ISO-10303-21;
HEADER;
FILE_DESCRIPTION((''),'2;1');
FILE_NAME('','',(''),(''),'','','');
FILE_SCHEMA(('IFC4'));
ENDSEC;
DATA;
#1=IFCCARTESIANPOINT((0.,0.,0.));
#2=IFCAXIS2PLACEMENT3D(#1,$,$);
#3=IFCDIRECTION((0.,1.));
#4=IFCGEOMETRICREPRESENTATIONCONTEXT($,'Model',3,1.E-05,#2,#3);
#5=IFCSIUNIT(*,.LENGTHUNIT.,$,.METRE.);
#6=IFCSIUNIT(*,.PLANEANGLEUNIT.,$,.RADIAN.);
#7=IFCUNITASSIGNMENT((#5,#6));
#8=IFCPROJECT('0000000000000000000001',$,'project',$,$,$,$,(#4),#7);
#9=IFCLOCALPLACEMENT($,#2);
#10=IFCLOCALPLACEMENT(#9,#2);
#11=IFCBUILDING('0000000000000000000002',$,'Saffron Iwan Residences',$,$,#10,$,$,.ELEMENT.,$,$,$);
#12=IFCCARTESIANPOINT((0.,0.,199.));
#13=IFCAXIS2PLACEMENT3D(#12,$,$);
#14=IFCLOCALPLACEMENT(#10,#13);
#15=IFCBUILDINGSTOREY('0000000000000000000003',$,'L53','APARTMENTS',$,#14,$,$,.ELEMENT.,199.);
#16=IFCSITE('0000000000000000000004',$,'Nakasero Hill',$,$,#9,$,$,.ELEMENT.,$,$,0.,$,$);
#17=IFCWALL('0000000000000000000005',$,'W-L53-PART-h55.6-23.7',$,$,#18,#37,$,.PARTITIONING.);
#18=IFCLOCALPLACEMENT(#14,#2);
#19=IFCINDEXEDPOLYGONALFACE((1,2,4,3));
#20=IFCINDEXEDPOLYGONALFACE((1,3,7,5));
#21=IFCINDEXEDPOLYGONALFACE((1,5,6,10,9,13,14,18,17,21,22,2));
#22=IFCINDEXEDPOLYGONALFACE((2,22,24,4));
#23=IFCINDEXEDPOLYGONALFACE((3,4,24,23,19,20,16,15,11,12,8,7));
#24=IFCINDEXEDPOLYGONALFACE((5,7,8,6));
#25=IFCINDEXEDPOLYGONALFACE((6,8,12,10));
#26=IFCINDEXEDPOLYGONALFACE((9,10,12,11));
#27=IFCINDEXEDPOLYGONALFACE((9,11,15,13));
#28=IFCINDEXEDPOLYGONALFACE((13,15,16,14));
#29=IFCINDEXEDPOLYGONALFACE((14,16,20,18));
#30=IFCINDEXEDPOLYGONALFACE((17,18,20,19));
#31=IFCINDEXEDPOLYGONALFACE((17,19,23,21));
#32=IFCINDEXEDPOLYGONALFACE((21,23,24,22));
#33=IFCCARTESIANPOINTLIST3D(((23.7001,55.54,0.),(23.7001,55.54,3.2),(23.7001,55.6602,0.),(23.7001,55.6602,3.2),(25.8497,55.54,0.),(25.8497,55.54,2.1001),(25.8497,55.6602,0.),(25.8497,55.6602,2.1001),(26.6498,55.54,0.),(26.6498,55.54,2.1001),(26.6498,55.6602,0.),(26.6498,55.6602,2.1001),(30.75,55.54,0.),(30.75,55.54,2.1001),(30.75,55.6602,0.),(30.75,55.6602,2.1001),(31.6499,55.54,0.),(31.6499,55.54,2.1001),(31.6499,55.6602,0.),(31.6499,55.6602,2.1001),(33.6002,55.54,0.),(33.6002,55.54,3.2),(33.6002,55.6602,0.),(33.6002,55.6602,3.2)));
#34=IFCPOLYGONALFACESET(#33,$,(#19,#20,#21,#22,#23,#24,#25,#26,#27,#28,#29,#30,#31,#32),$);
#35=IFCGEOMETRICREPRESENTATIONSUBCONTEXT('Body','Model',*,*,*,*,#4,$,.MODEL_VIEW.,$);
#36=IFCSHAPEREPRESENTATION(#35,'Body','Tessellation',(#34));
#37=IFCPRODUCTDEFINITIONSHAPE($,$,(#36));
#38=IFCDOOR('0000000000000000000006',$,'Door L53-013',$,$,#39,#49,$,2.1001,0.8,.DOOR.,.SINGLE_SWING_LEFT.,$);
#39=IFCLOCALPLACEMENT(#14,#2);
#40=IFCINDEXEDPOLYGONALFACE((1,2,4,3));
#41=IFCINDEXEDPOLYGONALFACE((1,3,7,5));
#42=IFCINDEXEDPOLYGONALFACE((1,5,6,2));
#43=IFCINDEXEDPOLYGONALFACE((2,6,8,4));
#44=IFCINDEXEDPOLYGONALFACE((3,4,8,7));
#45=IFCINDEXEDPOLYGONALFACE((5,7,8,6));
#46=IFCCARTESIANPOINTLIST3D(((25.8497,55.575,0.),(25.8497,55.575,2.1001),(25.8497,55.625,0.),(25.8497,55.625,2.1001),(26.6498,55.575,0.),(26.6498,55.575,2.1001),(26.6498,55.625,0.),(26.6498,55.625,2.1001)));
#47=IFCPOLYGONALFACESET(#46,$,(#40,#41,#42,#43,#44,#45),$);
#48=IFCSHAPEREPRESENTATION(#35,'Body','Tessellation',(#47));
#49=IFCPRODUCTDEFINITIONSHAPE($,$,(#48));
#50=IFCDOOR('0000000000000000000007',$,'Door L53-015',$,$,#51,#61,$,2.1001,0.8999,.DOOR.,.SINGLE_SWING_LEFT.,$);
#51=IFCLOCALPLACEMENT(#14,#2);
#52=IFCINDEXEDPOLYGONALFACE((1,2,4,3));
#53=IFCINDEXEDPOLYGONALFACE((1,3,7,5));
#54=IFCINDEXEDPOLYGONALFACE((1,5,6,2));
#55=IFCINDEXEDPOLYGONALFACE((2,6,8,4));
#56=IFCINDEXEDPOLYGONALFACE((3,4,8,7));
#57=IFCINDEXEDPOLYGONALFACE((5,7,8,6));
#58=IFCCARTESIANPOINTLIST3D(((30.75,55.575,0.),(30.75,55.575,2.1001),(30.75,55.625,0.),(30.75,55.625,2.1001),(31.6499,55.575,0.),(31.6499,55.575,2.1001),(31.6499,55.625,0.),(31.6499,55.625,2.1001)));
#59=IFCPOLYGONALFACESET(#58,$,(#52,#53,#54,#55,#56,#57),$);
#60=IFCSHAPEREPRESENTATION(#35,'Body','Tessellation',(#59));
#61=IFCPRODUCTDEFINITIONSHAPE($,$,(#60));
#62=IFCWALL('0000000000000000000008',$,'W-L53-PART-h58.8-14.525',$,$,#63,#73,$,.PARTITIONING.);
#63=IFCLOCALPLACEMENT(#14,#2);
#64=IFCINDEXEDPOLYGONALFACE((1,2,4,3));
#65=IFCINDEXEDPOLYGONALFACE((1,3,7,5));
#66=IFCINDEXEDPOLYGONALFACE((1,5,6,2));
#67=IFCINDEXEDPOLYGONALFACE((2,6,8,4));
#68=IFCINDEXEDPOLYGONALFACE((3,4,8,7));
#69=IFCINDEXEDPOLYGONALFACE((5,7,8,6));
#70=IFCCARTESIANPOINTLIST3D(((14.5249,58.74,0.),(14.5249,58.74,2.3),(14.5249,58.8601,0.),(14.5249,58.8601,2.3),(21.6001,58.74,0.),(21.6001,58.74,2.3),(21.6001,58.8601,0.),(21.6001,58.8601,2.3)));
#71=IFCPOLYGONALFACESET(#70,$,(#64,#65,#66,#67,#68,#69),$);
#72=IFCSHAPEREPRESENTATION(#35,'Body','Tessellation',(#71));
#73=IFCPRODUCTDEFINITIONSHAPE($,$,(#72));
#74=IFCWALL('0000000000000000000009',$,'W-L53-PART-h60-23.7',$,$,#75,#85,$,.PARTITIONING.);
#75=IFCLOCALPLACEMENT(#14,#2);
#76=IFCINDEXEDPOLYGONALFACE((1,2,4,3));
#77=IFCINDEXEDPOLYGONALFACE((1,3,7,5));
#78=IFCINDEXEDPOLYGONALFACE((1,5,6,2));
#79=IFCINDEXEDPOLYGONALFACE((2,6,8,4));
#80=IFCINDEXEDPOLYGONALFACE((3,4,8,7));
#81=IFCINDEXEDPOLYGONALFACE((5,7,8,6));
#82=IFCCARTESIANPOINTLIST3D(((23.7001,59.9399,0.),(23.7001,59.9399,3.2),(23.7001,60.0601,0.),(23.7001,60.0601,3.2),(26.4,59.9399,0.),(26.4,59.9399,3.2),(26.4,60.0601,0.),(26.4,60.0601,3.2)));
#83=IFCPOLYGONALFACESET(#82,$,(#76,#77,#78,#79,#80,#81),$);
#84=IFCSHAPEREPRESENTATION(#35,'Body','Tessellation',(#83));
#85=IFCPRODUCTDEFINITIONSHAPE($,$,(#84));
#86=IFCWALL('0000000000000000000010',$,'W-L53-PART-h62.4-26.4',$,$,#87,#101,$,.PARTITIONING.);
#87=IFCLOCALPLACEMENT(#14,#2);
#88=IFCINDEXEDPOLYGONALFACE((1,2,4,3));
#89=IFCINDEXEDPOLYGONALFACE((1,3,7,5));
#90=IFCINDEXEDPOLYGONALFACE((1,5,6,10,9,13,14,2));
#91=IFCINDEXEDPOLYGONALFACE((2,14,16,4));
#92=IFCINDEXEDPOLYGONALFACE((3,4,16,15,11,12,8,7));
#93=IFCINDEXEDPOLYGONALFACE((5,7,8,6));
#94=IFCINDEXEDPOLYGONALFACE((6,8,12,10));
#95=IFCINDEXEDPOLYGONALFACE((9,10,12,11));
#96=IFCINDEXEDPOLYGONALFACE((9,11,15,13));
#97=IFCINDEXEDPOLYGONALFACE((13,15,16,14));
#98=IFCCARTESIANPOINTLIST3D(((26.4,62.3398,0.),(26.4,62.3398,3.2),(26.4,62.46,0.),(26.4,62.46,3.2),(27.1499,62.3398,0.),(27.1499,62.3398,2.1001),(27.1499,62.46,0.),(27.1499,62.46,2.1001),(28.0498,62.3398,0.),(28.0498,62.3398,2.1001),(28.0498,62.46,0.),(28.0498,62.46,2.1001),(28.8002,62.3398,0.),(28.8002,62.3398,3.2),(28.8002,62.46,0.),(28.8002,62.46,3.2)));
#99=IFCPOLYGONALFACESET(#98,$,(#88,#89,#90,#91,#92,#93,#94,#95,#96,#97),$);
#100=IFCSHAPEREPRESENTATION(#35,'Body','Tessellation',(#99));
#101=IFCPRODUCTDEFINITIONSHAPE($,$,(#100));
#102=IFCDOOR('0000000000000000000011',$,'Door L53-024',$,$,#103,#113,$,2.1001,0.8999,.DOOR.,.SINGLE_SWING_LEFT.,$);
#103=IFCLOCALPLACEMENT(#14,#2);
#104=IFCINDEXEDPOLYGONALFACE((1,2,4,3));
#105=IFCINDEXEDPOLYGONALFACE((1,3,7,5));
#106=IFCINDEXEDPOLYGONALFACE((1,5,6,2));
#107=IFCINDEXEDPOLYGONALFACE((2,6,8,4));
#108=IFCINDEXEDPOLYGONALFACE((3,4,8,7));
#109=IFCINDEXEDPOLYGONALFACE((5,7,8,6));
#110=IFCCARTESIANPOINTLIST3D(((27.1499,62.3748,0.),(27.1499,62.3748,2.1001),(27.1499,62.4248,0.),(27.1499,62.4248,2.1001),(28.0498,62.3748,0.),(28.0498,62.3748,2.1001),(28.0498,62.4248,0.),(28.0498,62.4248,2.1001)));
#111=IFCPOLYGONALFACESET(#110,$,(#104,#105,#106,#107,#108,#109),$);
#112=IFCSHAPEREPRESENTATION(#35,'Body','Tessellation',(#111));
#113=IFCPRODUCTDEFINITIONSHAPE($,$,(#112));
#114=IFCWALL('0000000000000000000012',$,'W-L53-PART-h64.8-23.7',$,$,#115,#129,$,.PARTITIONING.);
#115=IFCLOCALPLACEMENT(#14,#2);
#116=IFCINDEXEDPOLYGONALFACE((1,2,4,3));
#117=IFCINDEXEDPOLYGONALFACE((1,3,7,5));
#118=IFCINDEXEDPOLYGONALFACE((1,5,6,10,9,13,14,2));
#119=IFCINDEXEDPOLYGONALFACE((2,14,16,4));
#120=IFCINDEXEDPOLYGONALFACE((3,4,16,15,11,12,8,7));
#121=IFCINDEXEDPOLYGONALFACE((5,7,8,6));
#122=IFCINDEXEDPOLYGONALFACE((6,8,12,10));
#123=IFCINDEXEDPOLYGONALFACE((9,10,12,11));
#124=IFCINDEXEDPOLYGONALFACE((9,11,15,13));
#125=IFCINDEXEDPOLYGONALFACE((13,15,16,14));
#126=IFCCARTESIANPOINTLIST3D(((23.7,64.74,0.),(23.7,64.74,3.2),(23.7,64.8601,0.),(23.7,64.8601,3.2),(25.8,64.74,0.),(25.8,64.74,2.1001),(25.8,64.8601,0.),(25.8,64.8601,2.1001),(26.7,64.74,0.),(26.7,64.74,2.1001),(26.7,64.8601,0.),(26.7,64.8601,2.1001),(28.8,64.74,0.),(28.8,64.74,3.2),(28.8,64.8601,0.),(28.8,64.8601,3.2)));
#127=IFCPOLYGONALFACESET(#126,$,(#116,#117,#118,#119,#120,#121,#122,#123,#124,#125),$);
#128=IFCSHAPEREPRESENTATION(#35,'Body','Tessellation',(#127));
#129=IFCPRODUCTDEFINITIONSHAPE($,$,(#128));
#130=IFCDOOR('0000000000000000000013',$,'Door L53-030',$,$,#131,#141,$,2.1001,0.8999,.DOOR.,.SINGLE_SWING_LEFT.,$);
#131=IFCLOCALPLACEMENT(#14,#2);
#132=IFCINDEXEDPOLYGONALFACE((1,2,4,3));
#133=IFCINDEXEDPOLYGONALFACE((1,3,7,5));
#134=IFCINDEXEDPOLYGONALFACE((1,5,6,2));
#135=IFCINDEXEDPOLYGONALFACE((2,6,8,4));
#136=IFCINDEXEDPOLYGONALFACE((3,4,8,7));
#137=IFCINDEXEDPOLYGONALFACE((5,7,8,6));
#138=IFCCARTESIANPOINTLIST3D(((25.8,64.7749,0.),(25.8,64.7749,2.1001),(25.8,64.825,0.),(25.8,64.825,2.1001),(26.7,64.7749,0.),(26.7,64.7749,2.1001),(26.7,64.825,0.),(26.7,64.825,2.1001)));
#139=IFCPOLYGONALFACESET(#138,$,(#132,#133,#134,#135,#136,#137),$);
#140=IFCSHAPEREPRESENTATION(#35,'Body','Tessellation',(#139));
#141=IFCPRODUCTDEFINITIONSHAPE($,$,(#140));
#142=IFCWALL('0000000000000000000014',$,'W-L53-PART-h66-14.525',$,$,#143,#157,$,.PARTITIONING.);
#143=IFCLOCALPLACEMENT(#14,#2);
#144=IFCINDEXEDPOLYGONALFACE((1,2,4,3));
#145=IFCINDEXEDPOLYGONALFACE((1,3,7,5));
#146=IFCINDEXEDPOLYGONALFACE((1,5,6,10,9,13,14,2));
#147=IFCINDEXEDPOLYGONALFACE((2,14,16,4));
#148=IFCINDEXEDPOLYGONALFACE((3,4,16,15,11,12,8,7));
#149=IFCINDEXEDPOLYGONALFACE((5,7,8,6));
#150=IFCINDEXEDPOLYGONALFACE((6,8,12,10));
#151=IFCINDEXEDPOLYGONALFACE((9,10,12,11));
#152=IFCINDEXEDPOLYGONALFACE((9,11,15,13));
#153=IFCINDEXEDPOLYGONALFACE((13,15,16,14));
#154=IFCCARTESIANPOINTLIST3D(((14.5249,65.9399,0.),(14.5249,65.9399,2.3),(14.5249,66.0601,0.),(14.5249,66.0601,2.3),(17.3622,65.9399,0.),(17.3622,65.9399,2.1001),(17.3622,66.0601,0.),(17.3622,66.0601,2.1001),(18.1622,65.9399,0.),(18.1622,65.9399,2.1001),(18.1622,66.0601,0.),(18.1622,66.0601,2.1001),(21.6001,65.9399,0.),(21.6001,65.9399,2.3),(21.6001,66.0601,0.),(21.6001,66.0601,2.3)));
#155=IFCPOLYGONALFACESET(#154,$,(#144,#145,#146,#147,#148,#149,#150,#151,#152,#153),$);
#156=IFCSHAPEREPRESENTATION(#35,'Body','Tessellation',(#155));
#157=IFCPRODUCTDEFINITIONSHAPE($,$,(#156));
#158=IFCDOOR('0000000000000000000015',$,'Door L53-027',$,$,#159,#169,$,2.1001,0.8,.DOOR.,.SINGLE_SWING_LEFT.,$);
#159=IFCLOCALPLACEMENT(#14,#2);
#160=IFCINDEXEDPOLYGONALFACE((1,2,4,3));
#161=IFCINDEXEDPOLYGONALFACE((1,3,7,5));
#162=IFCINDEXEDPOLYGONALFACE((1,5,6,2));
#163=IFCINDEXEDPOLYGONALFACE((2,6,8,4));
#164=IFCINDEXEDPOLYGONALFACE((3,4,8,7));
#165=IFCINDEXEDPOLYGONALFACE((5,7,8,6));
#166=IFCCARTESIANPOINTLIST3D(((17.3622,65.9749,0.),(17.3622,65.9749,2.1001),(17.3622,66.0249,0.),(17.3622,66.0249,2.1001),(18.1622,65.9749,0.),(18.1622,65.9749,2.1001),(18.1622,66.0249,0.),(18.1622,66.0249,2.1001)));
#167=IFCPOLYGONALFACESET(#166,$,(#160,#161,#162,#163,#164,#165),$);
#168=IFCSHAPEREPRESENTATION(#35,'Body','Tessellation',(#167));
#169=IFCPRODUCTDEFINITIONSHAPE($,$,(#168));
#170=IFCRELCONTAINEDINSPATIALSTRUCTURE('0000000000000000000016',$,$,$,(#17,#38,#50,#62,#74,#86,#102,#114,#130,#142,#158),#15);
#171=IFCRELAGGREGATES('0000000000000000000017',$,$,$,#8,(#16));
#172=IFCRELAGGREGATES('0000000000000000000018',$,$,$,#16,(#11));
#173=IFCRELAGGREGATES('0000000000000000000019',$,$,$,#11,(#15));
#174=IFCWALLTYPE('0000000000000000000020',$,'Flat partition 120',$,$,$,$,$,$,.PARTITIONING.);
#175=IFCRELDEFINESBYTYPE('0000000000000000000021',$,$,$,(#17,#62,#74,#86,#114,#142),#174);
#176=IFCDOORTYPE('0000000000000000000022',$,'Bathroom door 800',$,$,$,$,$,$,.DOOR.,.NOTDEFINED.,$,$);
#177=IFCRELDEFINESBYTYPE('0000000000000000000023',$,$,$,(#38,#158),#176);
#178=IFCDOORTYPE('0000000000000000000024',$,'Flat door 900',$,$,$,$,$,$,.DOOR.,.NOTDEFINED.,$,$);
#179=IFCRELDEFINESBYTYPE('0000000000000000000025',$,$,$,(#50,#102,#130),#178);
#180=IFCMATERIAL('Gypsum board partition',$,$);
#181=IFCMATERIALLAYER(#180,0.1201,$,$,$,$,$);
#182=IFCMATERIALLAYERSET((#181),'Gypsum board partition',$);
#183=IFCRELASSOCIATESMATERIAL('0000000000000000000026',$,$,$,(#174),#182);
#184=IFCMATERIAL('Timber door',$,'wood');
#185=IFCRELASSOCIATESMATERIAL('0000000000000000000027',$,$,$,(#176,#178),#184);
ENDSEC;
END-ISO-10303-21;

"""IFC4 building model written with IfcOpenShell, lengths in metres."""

from ifc_helpers import new_model, si_unit, direction, frame, frame_2d, origin, place, context, subcontext, project, spatial, rectangle, extrude, material, layer, layer_set, type_object, element, fill, save


model = new_model("IFC4")

# Units and contexts
model_context = context("Model", 3, precision=1e-05, world=origin(), true_north=direction((0.0, 1.0)))
body_context = subcontext(model_context, "Body", "Model", "MODEL_VIEW")
ifc_project = project(units=[si_unit("LENGTHUNIT", "METRE"), si_unit("PLANEANGLEUNIT", "RADIAN")], contexts=[model_context])

# Site, building, storey
site_placement = place(None, origin())
site = spatial("IfcSite", under=ifc_project, at=site_placement, Name="Nakasero Hill", CompositionType="ELEMENT", RefElevation=0.0)
building_placement = place(site_placement, origin())
building = spatial("IfcBuilding", under=site, at=building_placement, Name="Saffron Iwan Residences", CompositionType="ELEMENT")
storey_placement = place(building_placement, frame((0.0, 0.0, 199.0)))
storey = spatial("IfcBuildingStorey", under=building, at=storey_placement, Name="L53", Description="APARTMENTS", CompositionType="ELEMENT", Elevation=199.0)

# Wall, openings, doors
ifc_material_1 = material(Name="Gypsum board partition")
ifc_layer_1 = layer(ifc_material_1, 0.1201)
ifc_layer_set_1 = layer_set([ifc_layer_1], Name="Gypsum board partition")
wall_type_1 = type_object("IfcWallType", Name="Flat partition 120", PredefinedType="PARTITIONING", material=ifc_layer_set_1)
wall_1_placement = place(storey_placement, frame((23.7, 55.6001, 0.0), z_axis=(0.0, 0.0, 1.0), x_axis=(1.0, 0.0, 0.0)))
wall_1 = element("IfcWall", 1, at=wall_1_placement, inside=storey, type_object=wall_type_1, Name="W-L53-PART-h55.6-23.7", PredefinedType="PARTITIONING", context=body_context, shape_type="SweptSolid", body=[
    extrude(rectangle(XDim=9.9001, YDim=0.1201, at=frame_2d((4.9502, 0.0))), origin(), (0.0, 0.0, 1.0), 3.2),
])
opening_1_placement = place(wall_1_placement, frame((2.1499, 0.0, 0.0)))
opening_1 = element("IfcOpeningElement", 2, at=opening_1_placement, cuts=wall_1, PredefinedType="OPENING", context=body_context, shape_type="SweptSolid", body=[
    extrude(rectangle(XDim=0.8, YDim=2.1001, at=frame_2d((0.3999, 1.05))), frame((0.0, 0.0701, 0.0), z_axis=(0.0, -1.0, 0.0), x_axis=(1.0, 0.0, 0.0)), (0.0, 0.0, 1.0), 0.1401),
])
opening_2_placement = place(wall_1_placement, frame((7.05, 0.0, 0.0)))
opening_2 = element("IfcOpeningElement", 3, at=opening_2_placement, cuts=wall_1, PredefinedType="OPENING", context=body_context, shape_type="SweptSolid", body=[
    extrude(rectangle(XDim=0.8999, YDim=2.1001, at=frame_2d((0.45, 1.05))), frame((0.0, 0.0701, 0.0), z_axis=(0.0, -1.0, 0.0), x_axis=(1.0, 0.0, 0.0)), (0.0, 0.0, 1.0), 0.1401),
])
ifc_material_2 = material(Name="Timber door", Category="wood")
door_type_1 = type_object("IfcDoorType", Name="Bathroom door 800", OperationType="NOTDEFINED", PredefinedType="DOOR", material=ifc_material_2)
door_1_placement = place(opening_1_placement, origin())
door_1 = element("IfcDoor", 4, at=door_1_placement, inside=storey, type_object=door_type_1, Name="Door L53-013", OperationType="SINGLE_SWING_LEFT", OverallHeight=2.1001, OverallWidth=0.8, PredefinedType="DOOR", context=body_context, shape_type="SweptSolid", body=[
    extrude(rectangle(XDim=0.8, YDim=2.1001, at=frame_2d((0.3999, 1.05))), frame((0.0, 0.0249, 0.0), z_axis=(0.0, -1.0, 0.0), x_axis=(1.0, 0.0, 0.0)), (0.0, 0.0, 1.0), 0.05),
])
fill(opening_1, door_1)
door_type_2 = type_object("IfcDoorType", Name="Flat door 900", OperationType="NOTDEFINED", PredefinedType="DOOR", material=ifc_material_2)
door_2_placement = place(opening_2_placement, origin())
door_2 = element("IfcDoor", 5, at=door_2_placement, inside=storey, type_object=door_type_2, Name="Door L53-015", OperationType="SINGLE_SWING_LEFT", OverallHeight=2.1001, OverallWidth=0.8999, PredefinedType="DOOR", context=body_context, shape_type="SweptSolid", body=[
    extrude(rectangle(XDim=0.8999, YDim=2.1001, at=frame_2d((0.45, 1.05))), frame((0.0, 0.0249, 0.0), z_axis=(0.0, -1.0, 0.0), x_axis=(1.0, 0.0, 0.0)), (0.0, 0.0, 1.0), 0.05),
])
fill(opening_2, door_2)

# Walls
wall_2_placement = place(storey_placement, frame((14.5249, 58.8, 0.0), z_axis=(0.0, 0.0, 1.0), x_axis=(1.0, 0.0, 0.0)))
element("IfcWall", 6, at=wall_2_placement, inside=storey, type_object=wall_type_1, Name="W-L53-PART-h58.8-14.525", PredefinedType="PARTITIONING", context=body_context, shape_type="SweptSolid", body=[
    extrude(rectangle(XDim=7.0752, YDim=0.1201, at=frame_2d((3.5376, 0.0))), origin(), (0.0, 0.0, 1.0), 2.3),
])
wall_3_placement = place(storey_placement, frame((23.7, 60.0, 0.0), z_axis=(0.0, 0.0, 1.0), x_axis=(1.0, 0.0, 0.0)))
element("IfcWall", 7, at=wall_3_placement, inside=storey, type_object=wall_type_1, Name="W-L53-PART-h60-23.7", PredefinedType="PARTITIONING", context=body_context, shape_type="SweptSolid", body=[
    extrude(rectangle(XDim=2.7, YDim=0.1201, at=frame_2d((1.3501, 0.0))), origin(), (0.0, 0.0, 1.0), 3.2),
])

# Walls, openings, doors
wall_4_placement = place(storey_placement, frame((26.3999, 62.3999, 0.0), z_axis=(0.0, 0.0, 1.0), x_axis=(1.0, 0.0, 0.0)))
wall_4 = element("IfcWall", 8, at=wall_4_placement, inside=storey, type_object=wall_type_1, Name="W-L53-PART-h62.4-26.4", PredefinedType="PARTITIONING", context=body_context, shape_type="SweptSolid", body=[
    extrude(rectangle(XDim=2.4001, YDim=0.1201, at=frame_2d((1.2002, 0.0))), origin(), (0.0, 0.0, 1.0), 3.2),
])
opening_3_placement = place(wall_4_placement, frame((0.75, 0.0, 0.0)))
opening_3 = element("IfcOpeningElement", 9, at=opening_3_placement, cuts=wall_4, PredefinedType="OPENING", context=body_context, shape_type="SweptSolid", body=[
    extrude(rectangle(XDim=0.8999, YDim=2.1001, at=frame_2d((0.45, 1.05))), frame((0.0, 0.0701, 0.0), z_axis=(0.0, -1.0, 0.0), x_axis=(1.0, 0.0, 0.0)), (0.0, 0.0, 1.0), 0.1401),
])
door_3_placement = place(opening_3_placement, origin())
door_3 = element("IfcDoor", 10, at=door_3_placement, inside=storey, type_object=door_type_2, Name="Door L53-024", OperationType="SINGLE_SWING_LEFT", OverallHeight=2.1001, OverallWidth=0.8999, PredefinedType="DOOR", context=body_context, shape_type="SweptSolid", body=[
    extrude(rectangle(XDim=0.8999, YDim=2.1001, at=frame_2d((0.45, 1.05))), frame((0.0, 0.0249, 0.0), z_axis=(0.0, -1.0, 0.0), x_axis=(1.0, 0.0, 0.0)), (0.0, 0.0, 1.0), 0.05),
])
fill(opening_3, door_3)
wall_5_placement = place(storey_placement, frame((23.7, 64.8, 0.0), z_axis=(0.0, 0.0, 1.0), x_axis=(1.0, 0.0, 0.0)))
wall_5 = element("IfcWall", 11, at=wall_5_placement, inside=storey, type_object=wall_type_1, Name="W-L53-PART-h64.8-23.7", PredefinedType="PARTITIONING", context=body_context, shape_type="SweptSolid", body=[
    extrude(rectangle(XDim=5.1001, YDim=0.1201, at=frame_2d((2.55, 0.0))), origin(), (0.0, 0.0, 1.0), 3.2),
])
opening_4_placement = place(wall_5_placement, frame((2.1001, 0.0, 0.0)))
opening_4 = element("IfcOpeningElement", 12, at=opening_4_placement, cuts=wall_5, PredefinedType="OPENING", context=body_context, shape_type="SweptSolid", body=[
    extrude(rectangle(XDim=0.8999, YDim=2.1001, at=frame_2d((0.45, 1.05))), frame((0.0, 0.0701, 0.0), z_axis=(0.0, -1.0, 0.0), x_axis=(1.0, 0.0, 0.0)), (0.0, 0.0, 1.0), 0.1401),
])
door_4_placement = place(opening_4_placement, origin())
door_4 = element("IfcDoor", 13, at=door_4_placement, inside=storey, type_object=door_type_2, Name="Door L53-030", OperationType="SINGLE_SWING_LEFT", OverallHeight=2.1001, OverallWidth=0.8999, PredefinedType="DOOR", context=body_context, shape_type="SweptSolid", body=[
    extrude(rectangle(XDim=0.8999, YDim=2.1001, at=frame_2d((0.45, 1.05))), frame((0.0, 0.0249, 0.0), z_axis=(0.0, -1.0, 0.0), x_axis=(1.0, 0.0, 0.0)), (0.0, 0.0, 1.0), 0.05),
])
fill(opening_4, door_4)
wall_6_placement = place(storey_placement, frame((14.5249, 66.0, 0.0), z_axis=(0.0, 0.0, 1.0), x_axis=(1.0, 0.0, 0.0)))
wall_6 = element("IfcWall", 14, at=wall_6_placement, inside=storey, type_object=wall_type_1, Name="W-L53-PART-h66-14.525", PredefinedType="PARTITIONING", context=body_context, shape_type="SweptSolid", body=[
    extrude(rectangle(XDim=7.0752, YDim=0.1201, at=frame_2d((3.5376, 0.0))), origin(), (0.0, 0.0, 1.0), 2.3),
])
opening_5_placement = place(wall_6_placement, frame((2.8374, 0.0, 0.0)))
opening_5 = element("IfcOpeningElement", 15, at=opening_5_placement, cuts=wall_6, PredefinedType="OPENING", context=body_context, shape_type="SweptSolid", body=[
    extrude(rectangle(XDim=0.8, YDim=2.1001, at=frame_2d((0.3999, 1.05))), frame((0.0, 0.0701, 0.0), z_axis=(0.0, -1.0, 0.0), x_axis=(1.0, 0.0, 0.0)), (0.0, 0.0, 1.0), 0.1401),
])
door_5_placement = place(opening_5_placement, origin())
door_5 = element("IfcDoor", 16, at=door_5_placement, inside=storey, type_object=door_type_1, Name="Door L53-027", OperationType="SINGLE_SWING_LEFT", OverallHeight=2.1001, OverallWidth=0.8, PredefinedType="DOOR", context=body_context, shape_type="SweptSolid", body=[
    extrude(rectangle(XDim=0.8, YDim=2.1001, at=frame_2d((0.3999, 1.05))), frame((0.0, 0.0249, 0.0), z_axis=(0.0, -1.0, 0.0), x_axis=(1.0, 0.0, 0.0)), (0.0, 0.0, 1.0), 0.05),
])
fill(opening_5, door_5)

save(model, "model.ifc")
